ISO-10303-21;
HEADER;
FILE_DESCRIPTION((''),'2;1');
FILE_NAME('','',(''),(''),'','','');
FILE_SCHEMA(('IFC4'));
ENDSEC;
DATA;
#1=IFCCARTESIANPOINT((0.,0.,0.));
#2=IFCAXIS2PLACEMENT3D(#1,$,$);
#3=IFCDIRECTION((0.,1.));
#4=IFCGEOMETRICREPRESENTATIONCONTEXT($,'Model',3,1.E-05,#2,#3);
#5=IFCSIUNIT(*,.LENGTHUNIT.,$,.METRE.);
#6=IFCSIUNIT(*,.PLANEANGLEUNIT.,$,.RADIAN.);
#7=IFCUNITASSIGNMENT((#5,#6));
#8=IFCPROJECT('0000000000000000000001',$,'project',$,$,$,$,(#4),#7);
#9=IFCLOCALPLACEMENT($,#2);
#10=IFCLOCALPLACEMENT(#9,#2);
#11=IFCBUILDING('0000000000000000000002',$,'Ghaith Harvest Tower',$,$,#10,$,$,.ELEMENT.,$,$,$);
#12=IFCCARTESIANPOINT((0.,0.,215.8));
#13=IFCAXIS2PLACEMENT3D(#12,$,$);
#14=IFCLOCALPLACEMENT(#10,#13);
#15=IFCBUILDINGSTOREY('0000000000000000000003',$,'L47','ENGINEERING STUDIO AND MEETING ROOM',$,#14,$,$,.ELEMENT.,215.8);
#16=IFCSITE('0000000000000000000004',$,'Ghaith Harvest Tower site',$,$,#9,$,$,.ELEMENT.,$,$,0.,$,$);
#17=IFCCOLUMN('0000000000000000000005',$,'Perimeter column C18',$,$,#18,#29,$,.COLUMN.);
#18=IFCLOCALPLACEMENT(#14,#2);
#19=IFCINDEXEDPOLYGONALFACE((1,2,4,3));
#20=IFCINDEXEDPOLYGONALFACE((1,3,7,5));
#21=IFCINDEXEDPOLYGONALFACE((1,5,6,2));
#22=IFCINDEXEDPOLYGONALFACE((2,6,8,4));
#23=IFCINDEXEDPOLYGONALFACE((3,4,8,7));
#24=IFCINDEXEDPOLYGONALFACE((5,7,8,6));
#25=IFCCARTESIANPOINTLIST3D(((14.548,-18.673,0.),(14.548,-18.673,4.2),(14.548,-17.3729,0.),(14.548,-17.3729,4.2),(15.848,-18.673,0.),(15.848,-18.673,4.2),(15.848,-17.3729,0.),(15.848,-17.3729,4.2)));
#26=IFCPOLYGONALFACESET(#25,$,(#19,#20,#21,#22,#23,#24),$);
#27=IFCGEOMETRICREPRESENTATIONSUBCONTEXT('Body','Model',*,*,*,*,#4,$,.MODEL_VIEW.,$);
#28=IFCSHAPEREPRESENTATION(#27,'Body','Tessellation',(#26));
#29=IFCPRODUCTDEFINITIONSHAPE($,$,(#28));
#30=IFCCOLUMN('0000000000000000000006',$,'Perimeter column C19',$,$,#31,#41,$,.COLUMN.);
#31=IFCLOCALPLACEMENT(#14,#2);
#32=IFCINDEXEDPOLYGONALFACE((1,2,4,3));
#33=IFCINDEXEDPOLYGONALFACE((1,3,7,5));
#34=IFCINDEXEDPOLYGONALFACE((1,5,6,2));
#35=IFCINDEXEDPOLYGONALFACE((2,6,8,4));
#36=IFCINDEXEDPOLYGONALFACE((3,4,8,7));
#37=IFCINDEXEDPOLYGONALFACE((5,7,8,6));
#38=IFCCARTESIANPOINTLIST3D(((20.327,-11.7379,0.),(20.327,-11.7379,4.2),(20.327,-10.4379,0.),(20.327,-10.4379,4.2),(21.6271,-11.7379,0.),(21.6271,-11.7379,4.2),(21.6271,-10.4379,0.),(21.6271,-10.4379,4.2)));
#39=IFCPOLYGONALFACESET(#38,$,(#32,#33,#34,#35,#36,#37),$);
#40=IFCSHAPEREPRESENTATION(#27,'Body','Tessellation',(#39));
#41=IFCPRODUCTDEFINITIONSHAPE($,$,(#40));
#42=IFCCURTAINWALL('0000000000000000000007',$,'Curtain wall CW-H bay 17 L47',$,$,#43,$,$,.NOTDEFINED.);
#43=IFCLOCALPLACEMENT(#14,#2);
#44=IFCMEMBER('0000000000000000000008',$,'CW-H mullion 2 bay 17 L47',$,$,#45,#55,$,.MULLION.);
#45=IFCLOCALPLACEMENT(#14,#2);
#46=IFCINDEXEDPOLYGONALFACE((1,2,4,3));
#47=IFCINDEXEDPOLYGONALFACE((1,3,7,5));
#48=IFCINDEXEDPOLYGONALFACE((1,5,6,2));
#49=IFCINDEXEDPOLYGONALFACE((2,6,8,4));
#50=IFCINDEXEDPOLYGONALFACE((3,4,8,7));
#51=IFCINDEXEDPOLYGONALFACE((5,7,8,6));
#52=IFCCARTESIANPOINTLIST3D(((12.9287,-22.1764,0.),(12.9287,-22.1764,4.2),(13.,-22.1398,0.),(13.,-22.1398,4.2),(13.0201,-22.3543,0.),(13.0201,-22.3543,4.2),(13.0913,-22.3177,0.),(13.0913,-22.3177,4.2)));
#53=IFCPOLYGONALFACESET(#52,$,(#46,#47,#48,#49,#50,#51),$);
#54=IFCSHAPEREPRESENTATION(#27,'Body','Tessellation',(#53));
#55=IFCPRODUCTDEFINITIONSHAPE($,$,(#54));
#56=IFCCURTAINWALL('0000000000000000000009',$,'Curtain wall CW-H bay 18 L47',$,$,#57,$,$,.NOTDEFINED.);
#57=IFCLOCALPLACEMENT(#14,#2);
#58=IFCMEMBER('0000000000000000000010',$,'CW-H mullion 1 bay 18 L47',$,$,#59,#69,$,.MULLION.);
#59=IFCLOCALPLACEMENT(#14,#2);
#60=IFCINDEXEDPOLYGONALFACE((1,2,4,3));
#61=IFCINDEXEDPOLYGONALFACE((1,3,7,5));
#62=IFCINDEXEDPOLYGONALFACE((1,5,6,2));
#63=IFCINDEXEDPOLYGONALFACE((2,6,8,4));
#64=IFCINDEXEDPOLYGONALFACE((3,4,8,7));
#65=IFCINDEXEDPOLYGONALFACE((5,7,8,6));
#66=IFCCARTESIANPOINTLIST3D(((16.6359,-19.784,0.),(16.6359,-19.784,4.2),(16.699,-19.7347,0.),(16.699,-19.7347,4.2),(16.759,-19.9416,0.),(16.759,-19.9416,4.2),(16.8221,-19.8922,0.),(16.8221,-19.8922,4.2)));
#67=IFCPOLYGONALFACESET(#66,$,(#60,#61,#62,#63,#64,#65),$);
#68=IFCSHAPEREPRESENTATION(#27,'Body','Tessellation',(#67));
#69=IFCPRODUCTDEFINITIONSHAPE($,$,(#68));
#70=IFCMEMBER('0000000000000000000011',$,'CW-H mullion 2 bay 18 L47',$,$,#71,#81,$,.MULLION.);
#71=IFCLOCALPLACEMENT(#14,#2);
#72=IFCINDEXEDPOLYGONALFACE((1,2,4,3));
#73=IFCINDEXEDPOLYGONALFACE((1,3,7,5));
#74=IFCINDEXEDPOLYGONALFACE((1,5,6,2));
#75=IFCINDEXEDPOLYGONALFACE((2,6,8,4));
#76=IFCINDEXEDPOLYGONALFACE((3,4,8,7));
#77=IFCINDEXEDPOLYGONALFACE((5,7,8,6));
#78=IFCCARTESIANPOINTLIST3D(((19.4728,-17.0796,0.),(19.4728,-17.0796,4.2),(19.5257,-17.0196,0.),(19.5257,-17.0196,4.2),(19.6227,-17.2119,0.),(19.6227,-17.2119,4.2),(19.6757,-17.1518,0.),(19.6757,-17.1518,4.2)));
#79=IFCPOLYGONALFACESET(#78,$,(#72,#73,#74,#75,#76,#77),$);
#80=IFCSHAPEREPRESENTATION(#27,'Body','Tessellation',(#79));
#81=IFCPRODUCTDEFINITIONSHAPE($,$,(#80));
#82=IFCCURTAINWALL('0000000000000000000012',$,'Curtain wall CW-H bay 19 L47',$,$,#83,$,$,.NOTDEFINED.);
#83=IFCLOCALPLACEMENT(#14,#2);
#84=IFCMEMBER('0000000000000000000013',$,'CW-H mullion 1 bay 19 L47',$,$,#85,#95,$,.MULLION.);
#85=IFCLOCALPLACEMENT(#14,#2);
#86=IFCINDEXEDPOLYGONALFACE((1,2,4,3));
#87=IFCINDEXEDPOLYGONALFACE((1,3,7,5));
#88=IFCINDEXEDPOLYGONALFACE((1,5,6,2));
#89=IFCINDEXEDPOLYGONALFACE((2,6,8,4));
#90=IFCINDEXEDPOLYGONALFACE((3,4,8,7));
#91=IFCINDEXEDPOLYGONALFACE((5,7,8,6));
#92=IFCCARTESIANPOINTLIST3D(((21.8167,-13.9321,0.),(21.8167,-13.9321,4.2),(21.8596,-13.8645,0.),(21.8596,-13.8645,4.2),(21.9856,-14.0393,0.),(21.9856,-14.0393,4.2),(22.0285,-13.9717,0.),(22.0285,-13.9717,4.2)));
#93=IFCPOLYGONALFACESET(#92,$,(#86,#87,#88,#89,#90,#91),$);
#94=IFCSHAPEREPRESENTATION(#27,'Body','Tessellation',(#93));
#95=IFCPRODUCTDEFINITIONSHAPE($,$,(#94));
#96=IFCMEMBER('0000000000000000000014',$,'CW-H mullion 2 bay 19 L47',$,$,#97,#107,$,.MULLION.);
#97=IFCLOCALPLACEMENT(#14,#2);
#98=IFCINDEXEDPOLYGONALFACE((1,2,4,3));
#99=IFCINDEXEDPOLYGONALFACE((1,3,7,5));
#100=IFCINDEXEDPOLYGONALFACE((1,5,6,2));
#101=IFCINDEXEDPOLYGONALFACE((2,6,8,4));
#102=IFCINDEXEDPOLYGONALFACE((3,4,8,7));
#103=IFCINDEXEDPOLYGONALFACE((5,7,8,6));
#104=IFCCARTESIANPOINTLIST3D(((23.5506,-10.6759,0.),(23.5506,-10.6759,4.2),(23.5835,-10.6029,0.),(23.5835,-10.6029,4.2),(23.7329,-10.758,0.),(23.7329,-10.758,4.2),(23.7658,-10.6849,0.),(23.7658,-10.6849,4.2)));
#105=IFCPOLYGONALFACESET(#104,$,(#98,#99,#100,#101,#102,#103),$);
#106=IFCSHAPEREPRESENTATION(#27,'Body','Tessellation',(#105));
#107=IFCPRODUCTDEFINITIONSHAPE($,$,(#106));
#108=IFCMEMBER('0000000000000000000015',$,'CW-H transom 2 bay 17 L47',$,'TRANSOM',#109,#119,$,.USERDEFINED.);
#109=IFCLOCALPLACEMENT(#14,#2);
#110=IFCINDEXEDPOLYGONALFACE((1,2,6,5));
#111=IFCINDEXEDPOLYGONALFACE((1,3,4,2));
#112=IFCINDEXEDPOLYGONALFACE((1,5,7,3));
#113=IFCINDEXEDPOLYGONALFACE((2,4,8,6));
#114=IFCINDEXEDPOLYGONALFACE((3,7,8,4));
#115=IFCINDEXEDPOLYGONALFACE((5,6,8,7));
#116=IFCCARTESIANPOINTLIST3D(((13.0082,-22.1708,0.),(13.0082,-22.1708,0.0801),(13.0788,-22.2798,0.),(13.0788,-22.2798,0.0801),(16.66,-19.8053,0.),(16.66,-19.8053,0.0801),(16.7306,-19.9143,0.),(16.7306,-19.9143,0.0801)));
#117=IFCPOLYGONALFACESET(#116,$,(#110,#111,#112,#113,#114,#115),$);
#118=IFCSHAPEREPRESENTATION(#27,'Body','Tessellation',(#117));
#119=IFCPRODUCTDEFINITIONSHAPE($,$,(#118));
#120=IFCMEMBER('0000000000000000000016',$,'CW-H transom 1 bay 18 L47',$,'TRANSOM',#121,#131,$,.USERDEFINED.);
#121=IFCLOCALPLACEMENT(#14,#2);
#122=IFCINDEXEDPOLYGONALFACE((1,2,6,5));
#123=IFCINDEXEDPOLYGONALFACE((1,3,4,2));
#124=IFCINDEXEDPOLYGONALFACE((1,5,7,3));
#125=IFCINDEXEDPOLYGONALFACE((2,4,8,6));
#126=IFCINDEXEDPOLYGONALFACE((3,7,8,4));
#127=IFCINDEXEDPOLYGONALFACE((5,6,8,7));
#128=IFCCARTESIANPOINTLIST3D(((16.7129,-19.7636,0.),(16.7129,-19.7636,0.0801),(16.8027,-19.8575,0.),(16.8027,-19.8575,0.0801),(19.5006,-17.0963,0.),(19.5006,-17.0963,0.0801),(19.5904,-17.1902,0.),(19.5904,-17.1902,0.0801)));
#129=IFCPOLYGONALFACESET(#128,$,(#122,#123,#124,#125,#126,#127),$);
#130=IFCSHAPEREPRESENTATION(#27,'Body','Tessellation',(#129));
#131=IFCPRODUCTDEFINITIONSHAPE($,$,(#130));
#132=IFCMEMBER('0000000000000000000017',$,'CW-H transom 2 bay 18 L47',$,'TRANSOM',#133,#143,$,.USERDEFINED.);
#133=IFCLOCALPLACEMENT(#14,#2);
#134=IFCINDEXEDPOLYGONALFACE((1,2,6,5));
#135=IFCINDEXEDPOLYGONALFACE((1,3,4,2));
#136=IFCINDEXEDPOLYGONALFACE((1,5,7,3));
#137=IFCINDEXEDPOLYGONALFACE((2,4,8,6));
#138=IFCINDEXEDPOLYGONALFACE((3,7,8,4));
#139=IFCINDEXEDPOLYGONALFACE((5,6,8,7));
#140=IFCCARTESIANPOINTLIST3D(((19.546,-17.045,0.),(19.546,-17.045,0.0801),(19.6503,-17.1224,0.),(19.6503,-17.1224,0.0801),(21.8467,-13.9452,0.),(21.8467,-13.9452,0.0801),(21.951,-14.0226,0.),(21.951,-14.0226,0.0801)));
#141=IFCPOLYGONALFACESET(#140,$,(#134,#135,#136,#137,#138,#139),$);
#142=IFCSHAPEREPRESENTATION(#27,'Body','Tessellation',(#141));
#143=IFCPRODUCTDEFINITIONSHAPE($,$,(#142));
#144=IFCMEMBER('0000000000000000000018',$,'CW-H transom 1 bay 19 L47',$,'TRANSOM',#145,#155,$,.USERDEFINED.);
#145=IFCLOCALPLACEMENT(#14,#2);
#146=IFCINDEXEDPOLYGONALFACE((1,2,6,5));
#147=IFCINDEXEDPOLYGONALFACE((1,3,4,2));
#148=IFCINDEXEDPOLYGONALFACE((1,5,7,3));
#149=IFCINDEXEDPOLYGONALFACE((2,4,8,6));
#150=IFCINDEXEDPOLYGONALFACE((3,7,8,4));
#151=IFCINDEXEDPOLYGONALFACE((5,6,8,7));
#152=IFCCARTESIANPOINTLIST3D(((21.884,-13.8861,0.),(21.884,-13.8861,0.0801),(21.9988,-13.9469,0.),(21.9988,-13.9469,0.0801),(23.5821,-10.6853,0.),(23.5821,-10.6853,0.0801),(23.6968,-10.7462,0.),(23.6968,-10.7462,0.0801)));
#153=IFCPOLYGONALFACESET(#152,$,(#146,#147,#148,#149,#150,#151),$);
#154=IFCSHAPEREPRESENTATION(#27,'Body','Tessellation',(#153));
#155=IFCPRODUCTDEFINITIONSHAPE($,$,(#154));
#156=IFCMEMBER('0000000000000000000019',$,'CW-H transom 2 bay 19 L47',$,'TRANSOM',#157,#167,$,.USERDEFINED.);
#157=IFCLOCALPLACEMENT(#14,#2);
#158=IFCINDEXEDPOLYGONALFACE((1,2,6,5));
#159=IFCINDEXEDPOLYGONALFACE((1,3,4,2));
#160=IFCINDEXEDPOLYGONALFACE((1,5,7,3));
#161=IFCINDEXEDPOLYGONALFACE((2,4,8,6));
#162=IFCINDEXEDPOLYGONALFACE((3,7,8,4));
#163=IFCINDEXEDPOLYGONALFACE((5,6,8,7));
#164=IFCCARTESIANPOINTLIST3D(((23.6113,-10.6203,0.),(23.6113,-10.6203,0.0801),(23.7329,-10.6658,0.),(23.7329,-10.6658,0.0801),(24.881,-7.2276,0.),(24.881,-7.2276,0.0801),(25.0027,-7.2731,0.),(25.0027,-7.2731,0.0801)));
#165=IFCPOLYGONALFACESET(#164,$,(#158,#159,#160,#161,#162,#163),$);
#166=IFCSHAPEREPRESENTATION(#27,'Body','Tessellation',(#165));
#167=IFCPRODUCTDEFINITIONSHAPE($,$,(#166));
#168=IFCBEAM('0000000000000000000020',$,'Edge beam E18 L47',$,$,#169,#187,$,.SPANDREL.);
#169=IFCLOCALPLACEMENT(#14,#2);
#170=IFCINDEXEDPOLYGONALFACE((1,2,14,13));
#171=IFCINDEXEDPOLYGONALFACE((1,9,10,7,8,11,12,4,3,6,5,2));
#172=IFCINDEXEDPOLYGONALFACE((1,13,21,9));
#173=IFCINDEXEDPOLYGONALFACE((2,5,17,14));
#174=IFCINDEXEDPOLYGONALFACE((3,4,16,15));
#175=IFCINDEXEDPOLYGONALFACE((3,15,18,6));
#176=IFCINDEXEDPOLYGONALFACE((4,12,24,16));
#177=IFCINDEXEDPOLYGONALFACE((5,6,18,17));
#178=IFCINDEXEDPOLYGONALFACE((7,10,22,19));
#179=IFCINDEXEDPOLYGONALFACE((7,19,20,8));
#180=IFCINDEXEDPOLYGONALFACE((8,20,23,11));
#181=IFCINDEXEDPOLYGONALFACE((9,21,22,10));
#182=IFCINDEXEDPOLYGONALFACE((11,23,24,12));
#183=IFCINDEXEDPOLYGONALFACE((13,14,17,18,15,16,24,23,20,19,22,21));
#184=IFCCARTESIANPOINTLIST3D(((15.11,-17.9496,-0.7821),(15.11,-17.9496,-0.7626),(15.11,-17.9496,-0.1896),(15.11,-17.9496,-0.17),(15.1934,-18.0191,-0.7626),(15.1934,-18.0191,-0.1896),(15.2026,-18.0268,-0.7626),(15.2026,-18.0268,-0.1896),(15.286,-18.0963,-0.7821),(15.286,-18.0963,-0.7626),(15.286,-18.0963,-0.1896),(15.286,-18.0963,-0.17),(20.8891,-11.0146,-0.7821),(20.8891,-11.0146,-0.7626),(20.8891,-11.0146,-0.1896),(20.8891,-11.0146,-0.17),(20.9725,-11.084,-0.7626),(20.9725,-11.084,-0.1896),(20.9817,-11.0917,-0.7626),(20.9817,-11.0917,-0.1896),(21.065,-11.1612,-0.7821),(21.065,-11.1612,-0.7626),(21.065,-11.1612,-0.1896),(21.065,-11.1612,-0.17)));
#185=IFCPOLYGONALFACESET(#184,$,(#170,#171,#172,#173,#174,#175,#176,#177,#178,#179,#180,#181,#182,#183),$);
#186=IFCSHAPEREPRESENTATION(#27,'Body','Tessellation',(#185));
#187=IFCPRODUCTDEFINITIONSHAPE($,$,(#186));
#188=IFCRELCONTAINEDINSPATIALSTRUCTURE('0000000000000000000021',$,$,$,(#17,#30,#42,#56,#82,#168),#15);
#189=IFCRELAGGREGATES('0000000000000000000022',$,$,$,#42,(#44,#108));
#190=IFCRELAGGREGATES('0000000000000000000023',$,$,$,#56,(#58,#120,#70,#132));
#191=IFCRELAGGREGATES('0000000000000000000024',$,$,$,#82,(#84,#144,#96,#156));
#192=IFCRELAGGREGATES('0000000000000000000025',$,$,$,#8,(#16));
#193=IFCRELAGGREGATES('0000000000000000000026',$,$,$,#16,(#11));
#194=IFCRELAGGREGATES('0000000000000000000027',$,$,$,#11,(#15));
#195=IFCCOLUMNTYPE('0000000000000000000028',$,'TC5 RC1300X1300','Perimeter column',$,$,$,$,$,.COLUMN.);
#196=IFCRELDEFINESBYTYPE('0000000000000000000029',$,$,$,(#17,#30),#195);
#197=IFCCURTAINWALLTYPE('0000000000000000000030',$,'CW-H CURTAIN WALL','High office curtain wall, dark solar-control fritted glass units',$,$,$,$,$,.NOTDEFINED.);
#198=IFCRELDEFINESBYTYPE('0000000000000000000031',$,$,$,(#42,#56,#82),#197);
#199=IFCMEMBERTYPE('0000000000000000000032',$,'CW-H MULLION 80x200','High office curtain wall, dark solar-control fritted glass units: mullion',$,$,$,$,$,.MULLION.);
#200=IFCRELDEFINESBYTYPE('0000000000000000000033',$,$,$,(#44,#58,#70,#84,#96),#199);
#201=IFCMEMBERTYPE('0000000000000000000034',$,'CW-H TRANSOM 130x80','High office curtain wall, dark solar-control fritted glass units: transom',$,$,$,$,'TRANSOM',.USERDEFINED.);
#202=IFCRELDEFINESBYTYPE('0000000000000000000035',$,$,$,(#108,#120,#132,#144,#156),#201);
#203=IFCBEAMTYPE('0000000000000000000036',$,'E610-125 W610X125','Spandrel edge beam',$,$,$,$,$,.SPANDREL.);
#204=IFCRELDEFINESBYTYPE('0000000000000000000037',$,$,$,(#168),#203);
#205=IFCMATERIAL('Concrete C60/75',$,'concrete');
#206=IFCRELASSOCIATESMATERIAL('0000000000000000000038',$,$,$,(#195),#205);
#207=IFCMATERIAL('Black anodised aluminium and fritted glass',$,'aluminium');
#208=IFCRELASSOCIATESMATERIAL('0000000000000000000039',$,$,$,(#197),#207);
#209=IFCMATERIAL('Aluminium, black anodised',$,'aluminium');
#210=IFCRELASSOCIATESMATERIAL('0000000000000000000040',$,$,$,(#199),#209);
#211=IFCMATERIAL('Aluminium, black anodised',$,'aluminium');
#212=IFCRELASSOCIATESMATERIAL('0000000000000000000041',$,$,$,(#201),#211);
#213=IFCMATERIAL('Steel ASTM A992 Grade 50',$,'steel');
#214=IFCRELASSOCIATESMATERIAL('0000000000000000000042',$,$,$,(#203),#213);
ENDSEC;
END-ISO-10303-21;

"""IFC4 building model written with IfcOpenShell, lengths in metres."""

from ifc_helpers import new_model, si_unit, direction, frame, origin, origin_2d, place, context, subcontext, project, spatial, rectangle, i_section, extrude, material, material_profile, profile_set, type_object, element, aggregate, save


model = new_model("IFC4")

# Units and contexts
model_context = context("Model", 3, precision=1e-05, world=origin(), true_north=direction((0.0, 1.0)))
body_context = subcontext(model_context, "Body", "Model", "MODEL_VIEW")
ifc_project = project(units=[si_unit("LENGTHUNIT", "METRE"), si_unit("PLANEANGLEUNIT", "RADIAN")], contexts=[model_context])

# Site, building, storey
site_placement = place(None, origin())
site = spatial("IfcSite", under=ifc_project, at=site_placement, Name="Ghaith Harvest Tower site", CompositionType="ELEMENT", RefElevation=0.0)
building_placement = place(site_placement, origin())
building = spatial("IfcBuilding", under=site, at=building_placement, Name="Ghaith Harvest Tower", CompositionType="ELEMENT")
storey_placement = place(building_placement, frame((0.0, 0.0, 215.8)))
storey = spatial("IfcBuildingStorey", under=building, at=storey_placement, Name="L47", Description="ENGINEERING STUDIO AND MEETING ROOM", CompositionType="ELEMENT", Elevation=215.8)

# Columns
ifc_material_1 = material(Name="Concrete C60/75", Category="concrete")
ifc_material_profile_1 = material_profile(ifc_material_1, rectangle(XDim=1.3, YDim=1.3, at=origin_2d()), Name="RC1300X1300")
ifc_profile_set_1 = profile_set([ifc_material_profile_1], Name="Concrete C60/75")
column_type = type_object("IfcColumnType", Name="TC5 RC1300X1300", Description="Perimeter column", PredefinedType="COLUMN", material=ifc_profile_set_1)
for number, where, z_axis, x_axis, name in (
    (1, (15.198, -18.0229, 0.0), (0.0, 0.0, 1.0), (1.0, 0.0, 0.0), "Perimeter column C18"),
    (2, (20.9771, -11.0879, 0.0), (0.0, 0.0, 1.0), (1.0, 0.0, 0.0), "Perimeter column C19"),
):
    element("IfcColumn", number, at=place(storey_placement, frame(where, z_axis=z_axis, x_axis=x_axis)), inside=storey, type_object=column_type, Name=name, PredefinedType="COLUMN", context=body_context, shape_type="SweptSolid", body=[
        extrude(rectangle(XDim=1.3, YDim=1.3, at=origin_2d()), origin(), (0.0, 0.0, 1.0), 4.2),
    ])

# Curtain wall, member
ifc_material_2 = material(Name="Black anodised aluminium and fritted glass", Category="aluminium")
curtain_wall_type = type_object("IfcCurtainWallType", Name="CW-H CURTAIN WALL", Description="High office curtain wall, dark solar-control fritted glass units", PredefinedType="NOTDEFINED", material=ifc_material_2)
curtain_wall_1_placement = place(storey_placement, origin())
curtain_wall_1 = element("IfcCurtainWall", 3, at=curtain_wall_1_placement, inside=storey, type_object=curtain_wall_type, Name="Curtain wall CW-H bay 17 L47", PredefinedType="NOTDEFINED")
ifc_material_3 = material(Name="Aluminium, black anodised", Category="aluminium")
ifc_material_profile_2 = material_profile(ifc_material_3, rectangle(XDim=0.0801, YDim=0.2, at=origin_2d()), Name="CW-H MULLION 80x200")
ifc_profile_set_2 = profile_set([ifc_material_profile_2], Name="Aluminium, black anodised")
member_type_1 = type_object("IfcMemberType", Name="CW-H MULLION 80x200", Description="High office curtain wall, dark solar-control fritted glass units: mullion", PredefinedType="MULLION", material=ifc_profile_set_2)
member_1_placement = place(storey_placement, frame((13.01, -22.2471, 0.0), z_axis=(0.0, 0.0, 1.0), x_axis=(0.889568, 0.456802, 0.0)))
member_1 = element("IfcMember", 4, at=member_1_placement, type_object=member_type_1, Name="CW-H mullion 2 bay 17 L47", PredefinedType="MULLION", context=body_context, shape_type="SweptSolid", body=[
    extrude(rectangle(XDim=0.0801, YDim=0.2, at=origin_2d()), origin(), (0.0, 0.0, 1.0), 4.2),
])

# Curtain walls, members
curtain_wall_2_placement = place(storey_placement, origin())
curtain_wall_2 = element("IfcCurtainWall", 5, at=curtain_wall_2_placement, inside=storey, type_object=curtain_wall_type, Name="Curtain wall CW-H bay 18 L47", PredefinedType="NOTDEFINED")
member_2_placement = place(storey_placement, frame((16.729, -19.8381, 0.0), z_axis=(0.0, 0.0, 1.0), x_axis=(0.787846, 0.615873, 0.0)))
member_2 = element("IfcMember", 6, at=member_2_placement, type_object=member_type_1, Name="CW-H mullion 1 bay 18 L47", PredefinedType="MULLION", context=body_context, shape_type="SweptSolid", body=[
    extrude(rectangle(XDim=0.0801, YDim=0.2, at=origin_2d()), origin(), (0.0, 0.0, 1.0), 4.2),
])
member_3_placement = place(storey_placement, frame((19.5742, -17.1157, 0.0), z_axis=(0.0, 0.0, 1.0), x_axis=(0.661615, 0.749844, 0.0)))
member_3 = element("IfcMember", 7, at=member_3_placement, type_object=member_type_1, Name="CW-H mullion 2 bay 18 L47", PredefinedType="MULLION", context=body_context, shape_type="SweptSolid", body=[
    extrude(rectangle(XDim=0.0801, YDim=0.2, at=origin_2d()), origin(), (0.0, 0.0, 1.0), 4.2),
])
curtain_wall_3_placement = place(storey_placement, origin())
curtain_wall_3 = element("IfcCurtainWall", 8, at=curtain_wall_3_placement, inside=storey, type_object=curtain_wall_type, Name="Curtain wall CW-H bay 19 L47", PredefinedType="NOTDEFINED")
member_4_placement = place(storey_placement, frame((21.9226, -13.9519, 0.0), z_axis=(0.0, 0.0, 1.0), x_axis=(0.535827, 0.844328, 0.0)))
member_4 = element("IfcMember", 9, at=member_4_placement, type_object=member_type_1, Name="CW-H mullion 1 bay 19 L47", PredefinedType="MULLION", context=body_context, shape_type="SweptSolid", body=[
    extrude(rectangle(XDim=0.0801, YDim=0.2, at=origin_2d()), origin(), (0.0, 0.0, 1.0), 4.2),
])
member_5_placement = place(storey_placement, frame((23.6582, -10.6804, 0.0), z_axis=(0.0, 0.0, 1.0), x_axis=(0.41043, 0.911892, 0.0)))
member_5 = element("IfcMember", 10, at=member_5_placement, type_object=member_type_1, Name="CW-H mullion 2 bay 19 L47", PredefinedType="MULLION", context=body_context, shape_type="SweptSolid", body=[
    extrude(rectangle(XDim=0.0801, YDim=0.2, at=origin_2d()), origin(), (0.0, 0.0, 1.0), 4.2),
])

# Members
ifc_material_4 = material(Name="Aluminium, black anodised", Category="aluminium")
ifc_material_profile_3 = material_profile(ifc_material_4, rectangle(XDim=0.1299, YDim=0.0801, at=origin_2d()), Name="CW-H TRANSOM 130x80")
ifc_profile_set_3 = profile_set([ifc_material_profile_3], Name="Aluminium, black anodised")
member_type_2 = type_object("IfcMemberType", Name="CW-H TRANSOM 130x80", Description="High office curtain wall, dark solar-control fritted glass units: transom", ElementType="TRANSOM", PredefinedType="USERDEFINED", material=ifc_profile_set_3)
member_6_placement = place(storey_placement, frame((13.0435, -22.2253, 0.04), z_axis=(0.839307, 0.543658, 0.0), x_axis=(-0.543658, 0.839307, 0.0)))
member_6 = element("IfcMember", 11, at=member_6_placement, type_object=member_type_2, Name="CW-H transom 2 bay 17 L47", ObjectType="TRANSOM", PredefinedType="USERDEFINED", context=body_context, shape_type="SweptSolid", body=[
    extrude(rectangle(XDim=0.1299, YDim=0.0801, at=origin_2d()), origin(), (0.0, 0.0, 1.0), 4.3511),
])
member_7_placement = place(storey_placement, frame((16.7578, -19.8105, 0.04), z_axis=(0.722533, 0.691336, 0.0), x_axis=(-0.691336, 0.722533, 0.0)))
member_7 = element("IfcMember", 12, at=member_7_placement, type_object=member_type_2, Name="CW-H transom 1 bay 18 L47", ObjectType="TRANSOM", PredefinedType="USERDEFINED", context=body_context, shape_type="SweptSolid", body=[
    extrude(rectangle(XDim=0.1299, YDim=0.0801, at=origin_2d()), origin(), (0.0, 0.0, 1.0), 3.8582),
])
member_8_placement = place(storey_placement, frame((19.5981, -17.0837, 0.04), z_axis=(0.595996, 0.802988, 0.0), x_axis=(-0.802988, 0.595996, 0.0)))
member_8 = element("IfcMember", 13, at=member_8_placement, type_object=member_type_2, Name="CW-H transom 2 bay 18 L47", ObjectType="TRANSOM", PredefinedType="USERDEFINED", context=body_context, shape_type="SweptSolid", body=[
    extrude(rectangle(XDim=0.1299, YDim=0.0801, at=origin_2d()), origin(), (0.0, 0.0, 1.0), 3.8604),
])
member_9_placement = place(storey_placement, frame((21.9414, -13.9165, 0.04), z_axis=(0.468646, 0.883386, 0.0), x_axis=(-0.883386, 0.468646, 0.0)))
member_9 = element("IfcMember", 14, at=member_9_placement, type_object=member_type_2, Name="CW-H transom 1 bay 19 L47", ObjectType="TRANSOM", PredefinedType="USERDEFINED", context=body_context, shape_type="SweptSolid", body=[
    extrude(rectangle(XDim=0.1299, YDim=0.0801, at=origin_2d()), origin(), (0.0, 0.0, 1.0), 3.6233),
])
member_10_placement = place(storey_placement, frame((23.6721, -10.6431, 0.04), z_axis=(0.35051, 0.936559, 0.0), x_axis=(-0.936559, 0.35051, 0.0)))
member_10 = element("IfcMember", 15, at=member_10_placement, type_object=member_type_2, Name="CW-H transom 2 bay 19 L47", ObjectType="TRANSOM", PredefinedType="USERDEFINED", context=body_context, shape_type="SweptSolid", body=[
    extrude(rectangle(XDim=0.1299, YDim=0.0801, at=origin_2d()), origin(), (0.0, 0.0, 1.0), 3.6226),
])

# Beam
ifc_material_5 = material(Name="Steel ASTM A992 Grade 50", Category="steel")
ifc_material_profile_4 = material_profile(ifc_material_5, i_section(OverallWidth=0.229, OverallDepth=0.6121, WebThickness=0.012, FlangeThickness=0.0195, at=origin_2d()), Name="W610X125")
ifc_profile_set_4 = profile_set([ifc_material_profile_4], Name="Steel ASTM A992 Grade 50")
beam_type_1 = type_object("IfcBeamType", Name="E610-125 W610X125", Description="Spandrel edge beam", PredefinedType="SPANDREL", material=ifc_profile_set_4)
beam_1_placement = place(storey_placement, frame((15.198, -18.0229, -0.4761), z_axis=(0.640174, 0.76823, 0.0), x_axis=(-0.76823, 0.640174, 0.0)))
element("IfcBeam", 16, at=beam_1_placement, inside=storey, type_object=beam_type_1, Name="Edge beam E18 L47", PredefinedType="SPANDREL", context=body_context, shape_type="SweptSolid", body=[
    extrude(i_section(OverallWidth=0.229, OverallDepth=0.6121, WebThickness=0.012, FlangeThickness=0.0195, at=origin_2d()), origin(), (0.0, 0.0, 1.0), 9.0273),
])

aggregate(curtain_wall_1, [member_1, member_6])
aggregate(curtain_wall_2, [member_2, member_7, member_3, member_8])
aggregate(curtain_wall_3, [member_4, member_9, member_5, member_10])

save(model, "model.ifc")
